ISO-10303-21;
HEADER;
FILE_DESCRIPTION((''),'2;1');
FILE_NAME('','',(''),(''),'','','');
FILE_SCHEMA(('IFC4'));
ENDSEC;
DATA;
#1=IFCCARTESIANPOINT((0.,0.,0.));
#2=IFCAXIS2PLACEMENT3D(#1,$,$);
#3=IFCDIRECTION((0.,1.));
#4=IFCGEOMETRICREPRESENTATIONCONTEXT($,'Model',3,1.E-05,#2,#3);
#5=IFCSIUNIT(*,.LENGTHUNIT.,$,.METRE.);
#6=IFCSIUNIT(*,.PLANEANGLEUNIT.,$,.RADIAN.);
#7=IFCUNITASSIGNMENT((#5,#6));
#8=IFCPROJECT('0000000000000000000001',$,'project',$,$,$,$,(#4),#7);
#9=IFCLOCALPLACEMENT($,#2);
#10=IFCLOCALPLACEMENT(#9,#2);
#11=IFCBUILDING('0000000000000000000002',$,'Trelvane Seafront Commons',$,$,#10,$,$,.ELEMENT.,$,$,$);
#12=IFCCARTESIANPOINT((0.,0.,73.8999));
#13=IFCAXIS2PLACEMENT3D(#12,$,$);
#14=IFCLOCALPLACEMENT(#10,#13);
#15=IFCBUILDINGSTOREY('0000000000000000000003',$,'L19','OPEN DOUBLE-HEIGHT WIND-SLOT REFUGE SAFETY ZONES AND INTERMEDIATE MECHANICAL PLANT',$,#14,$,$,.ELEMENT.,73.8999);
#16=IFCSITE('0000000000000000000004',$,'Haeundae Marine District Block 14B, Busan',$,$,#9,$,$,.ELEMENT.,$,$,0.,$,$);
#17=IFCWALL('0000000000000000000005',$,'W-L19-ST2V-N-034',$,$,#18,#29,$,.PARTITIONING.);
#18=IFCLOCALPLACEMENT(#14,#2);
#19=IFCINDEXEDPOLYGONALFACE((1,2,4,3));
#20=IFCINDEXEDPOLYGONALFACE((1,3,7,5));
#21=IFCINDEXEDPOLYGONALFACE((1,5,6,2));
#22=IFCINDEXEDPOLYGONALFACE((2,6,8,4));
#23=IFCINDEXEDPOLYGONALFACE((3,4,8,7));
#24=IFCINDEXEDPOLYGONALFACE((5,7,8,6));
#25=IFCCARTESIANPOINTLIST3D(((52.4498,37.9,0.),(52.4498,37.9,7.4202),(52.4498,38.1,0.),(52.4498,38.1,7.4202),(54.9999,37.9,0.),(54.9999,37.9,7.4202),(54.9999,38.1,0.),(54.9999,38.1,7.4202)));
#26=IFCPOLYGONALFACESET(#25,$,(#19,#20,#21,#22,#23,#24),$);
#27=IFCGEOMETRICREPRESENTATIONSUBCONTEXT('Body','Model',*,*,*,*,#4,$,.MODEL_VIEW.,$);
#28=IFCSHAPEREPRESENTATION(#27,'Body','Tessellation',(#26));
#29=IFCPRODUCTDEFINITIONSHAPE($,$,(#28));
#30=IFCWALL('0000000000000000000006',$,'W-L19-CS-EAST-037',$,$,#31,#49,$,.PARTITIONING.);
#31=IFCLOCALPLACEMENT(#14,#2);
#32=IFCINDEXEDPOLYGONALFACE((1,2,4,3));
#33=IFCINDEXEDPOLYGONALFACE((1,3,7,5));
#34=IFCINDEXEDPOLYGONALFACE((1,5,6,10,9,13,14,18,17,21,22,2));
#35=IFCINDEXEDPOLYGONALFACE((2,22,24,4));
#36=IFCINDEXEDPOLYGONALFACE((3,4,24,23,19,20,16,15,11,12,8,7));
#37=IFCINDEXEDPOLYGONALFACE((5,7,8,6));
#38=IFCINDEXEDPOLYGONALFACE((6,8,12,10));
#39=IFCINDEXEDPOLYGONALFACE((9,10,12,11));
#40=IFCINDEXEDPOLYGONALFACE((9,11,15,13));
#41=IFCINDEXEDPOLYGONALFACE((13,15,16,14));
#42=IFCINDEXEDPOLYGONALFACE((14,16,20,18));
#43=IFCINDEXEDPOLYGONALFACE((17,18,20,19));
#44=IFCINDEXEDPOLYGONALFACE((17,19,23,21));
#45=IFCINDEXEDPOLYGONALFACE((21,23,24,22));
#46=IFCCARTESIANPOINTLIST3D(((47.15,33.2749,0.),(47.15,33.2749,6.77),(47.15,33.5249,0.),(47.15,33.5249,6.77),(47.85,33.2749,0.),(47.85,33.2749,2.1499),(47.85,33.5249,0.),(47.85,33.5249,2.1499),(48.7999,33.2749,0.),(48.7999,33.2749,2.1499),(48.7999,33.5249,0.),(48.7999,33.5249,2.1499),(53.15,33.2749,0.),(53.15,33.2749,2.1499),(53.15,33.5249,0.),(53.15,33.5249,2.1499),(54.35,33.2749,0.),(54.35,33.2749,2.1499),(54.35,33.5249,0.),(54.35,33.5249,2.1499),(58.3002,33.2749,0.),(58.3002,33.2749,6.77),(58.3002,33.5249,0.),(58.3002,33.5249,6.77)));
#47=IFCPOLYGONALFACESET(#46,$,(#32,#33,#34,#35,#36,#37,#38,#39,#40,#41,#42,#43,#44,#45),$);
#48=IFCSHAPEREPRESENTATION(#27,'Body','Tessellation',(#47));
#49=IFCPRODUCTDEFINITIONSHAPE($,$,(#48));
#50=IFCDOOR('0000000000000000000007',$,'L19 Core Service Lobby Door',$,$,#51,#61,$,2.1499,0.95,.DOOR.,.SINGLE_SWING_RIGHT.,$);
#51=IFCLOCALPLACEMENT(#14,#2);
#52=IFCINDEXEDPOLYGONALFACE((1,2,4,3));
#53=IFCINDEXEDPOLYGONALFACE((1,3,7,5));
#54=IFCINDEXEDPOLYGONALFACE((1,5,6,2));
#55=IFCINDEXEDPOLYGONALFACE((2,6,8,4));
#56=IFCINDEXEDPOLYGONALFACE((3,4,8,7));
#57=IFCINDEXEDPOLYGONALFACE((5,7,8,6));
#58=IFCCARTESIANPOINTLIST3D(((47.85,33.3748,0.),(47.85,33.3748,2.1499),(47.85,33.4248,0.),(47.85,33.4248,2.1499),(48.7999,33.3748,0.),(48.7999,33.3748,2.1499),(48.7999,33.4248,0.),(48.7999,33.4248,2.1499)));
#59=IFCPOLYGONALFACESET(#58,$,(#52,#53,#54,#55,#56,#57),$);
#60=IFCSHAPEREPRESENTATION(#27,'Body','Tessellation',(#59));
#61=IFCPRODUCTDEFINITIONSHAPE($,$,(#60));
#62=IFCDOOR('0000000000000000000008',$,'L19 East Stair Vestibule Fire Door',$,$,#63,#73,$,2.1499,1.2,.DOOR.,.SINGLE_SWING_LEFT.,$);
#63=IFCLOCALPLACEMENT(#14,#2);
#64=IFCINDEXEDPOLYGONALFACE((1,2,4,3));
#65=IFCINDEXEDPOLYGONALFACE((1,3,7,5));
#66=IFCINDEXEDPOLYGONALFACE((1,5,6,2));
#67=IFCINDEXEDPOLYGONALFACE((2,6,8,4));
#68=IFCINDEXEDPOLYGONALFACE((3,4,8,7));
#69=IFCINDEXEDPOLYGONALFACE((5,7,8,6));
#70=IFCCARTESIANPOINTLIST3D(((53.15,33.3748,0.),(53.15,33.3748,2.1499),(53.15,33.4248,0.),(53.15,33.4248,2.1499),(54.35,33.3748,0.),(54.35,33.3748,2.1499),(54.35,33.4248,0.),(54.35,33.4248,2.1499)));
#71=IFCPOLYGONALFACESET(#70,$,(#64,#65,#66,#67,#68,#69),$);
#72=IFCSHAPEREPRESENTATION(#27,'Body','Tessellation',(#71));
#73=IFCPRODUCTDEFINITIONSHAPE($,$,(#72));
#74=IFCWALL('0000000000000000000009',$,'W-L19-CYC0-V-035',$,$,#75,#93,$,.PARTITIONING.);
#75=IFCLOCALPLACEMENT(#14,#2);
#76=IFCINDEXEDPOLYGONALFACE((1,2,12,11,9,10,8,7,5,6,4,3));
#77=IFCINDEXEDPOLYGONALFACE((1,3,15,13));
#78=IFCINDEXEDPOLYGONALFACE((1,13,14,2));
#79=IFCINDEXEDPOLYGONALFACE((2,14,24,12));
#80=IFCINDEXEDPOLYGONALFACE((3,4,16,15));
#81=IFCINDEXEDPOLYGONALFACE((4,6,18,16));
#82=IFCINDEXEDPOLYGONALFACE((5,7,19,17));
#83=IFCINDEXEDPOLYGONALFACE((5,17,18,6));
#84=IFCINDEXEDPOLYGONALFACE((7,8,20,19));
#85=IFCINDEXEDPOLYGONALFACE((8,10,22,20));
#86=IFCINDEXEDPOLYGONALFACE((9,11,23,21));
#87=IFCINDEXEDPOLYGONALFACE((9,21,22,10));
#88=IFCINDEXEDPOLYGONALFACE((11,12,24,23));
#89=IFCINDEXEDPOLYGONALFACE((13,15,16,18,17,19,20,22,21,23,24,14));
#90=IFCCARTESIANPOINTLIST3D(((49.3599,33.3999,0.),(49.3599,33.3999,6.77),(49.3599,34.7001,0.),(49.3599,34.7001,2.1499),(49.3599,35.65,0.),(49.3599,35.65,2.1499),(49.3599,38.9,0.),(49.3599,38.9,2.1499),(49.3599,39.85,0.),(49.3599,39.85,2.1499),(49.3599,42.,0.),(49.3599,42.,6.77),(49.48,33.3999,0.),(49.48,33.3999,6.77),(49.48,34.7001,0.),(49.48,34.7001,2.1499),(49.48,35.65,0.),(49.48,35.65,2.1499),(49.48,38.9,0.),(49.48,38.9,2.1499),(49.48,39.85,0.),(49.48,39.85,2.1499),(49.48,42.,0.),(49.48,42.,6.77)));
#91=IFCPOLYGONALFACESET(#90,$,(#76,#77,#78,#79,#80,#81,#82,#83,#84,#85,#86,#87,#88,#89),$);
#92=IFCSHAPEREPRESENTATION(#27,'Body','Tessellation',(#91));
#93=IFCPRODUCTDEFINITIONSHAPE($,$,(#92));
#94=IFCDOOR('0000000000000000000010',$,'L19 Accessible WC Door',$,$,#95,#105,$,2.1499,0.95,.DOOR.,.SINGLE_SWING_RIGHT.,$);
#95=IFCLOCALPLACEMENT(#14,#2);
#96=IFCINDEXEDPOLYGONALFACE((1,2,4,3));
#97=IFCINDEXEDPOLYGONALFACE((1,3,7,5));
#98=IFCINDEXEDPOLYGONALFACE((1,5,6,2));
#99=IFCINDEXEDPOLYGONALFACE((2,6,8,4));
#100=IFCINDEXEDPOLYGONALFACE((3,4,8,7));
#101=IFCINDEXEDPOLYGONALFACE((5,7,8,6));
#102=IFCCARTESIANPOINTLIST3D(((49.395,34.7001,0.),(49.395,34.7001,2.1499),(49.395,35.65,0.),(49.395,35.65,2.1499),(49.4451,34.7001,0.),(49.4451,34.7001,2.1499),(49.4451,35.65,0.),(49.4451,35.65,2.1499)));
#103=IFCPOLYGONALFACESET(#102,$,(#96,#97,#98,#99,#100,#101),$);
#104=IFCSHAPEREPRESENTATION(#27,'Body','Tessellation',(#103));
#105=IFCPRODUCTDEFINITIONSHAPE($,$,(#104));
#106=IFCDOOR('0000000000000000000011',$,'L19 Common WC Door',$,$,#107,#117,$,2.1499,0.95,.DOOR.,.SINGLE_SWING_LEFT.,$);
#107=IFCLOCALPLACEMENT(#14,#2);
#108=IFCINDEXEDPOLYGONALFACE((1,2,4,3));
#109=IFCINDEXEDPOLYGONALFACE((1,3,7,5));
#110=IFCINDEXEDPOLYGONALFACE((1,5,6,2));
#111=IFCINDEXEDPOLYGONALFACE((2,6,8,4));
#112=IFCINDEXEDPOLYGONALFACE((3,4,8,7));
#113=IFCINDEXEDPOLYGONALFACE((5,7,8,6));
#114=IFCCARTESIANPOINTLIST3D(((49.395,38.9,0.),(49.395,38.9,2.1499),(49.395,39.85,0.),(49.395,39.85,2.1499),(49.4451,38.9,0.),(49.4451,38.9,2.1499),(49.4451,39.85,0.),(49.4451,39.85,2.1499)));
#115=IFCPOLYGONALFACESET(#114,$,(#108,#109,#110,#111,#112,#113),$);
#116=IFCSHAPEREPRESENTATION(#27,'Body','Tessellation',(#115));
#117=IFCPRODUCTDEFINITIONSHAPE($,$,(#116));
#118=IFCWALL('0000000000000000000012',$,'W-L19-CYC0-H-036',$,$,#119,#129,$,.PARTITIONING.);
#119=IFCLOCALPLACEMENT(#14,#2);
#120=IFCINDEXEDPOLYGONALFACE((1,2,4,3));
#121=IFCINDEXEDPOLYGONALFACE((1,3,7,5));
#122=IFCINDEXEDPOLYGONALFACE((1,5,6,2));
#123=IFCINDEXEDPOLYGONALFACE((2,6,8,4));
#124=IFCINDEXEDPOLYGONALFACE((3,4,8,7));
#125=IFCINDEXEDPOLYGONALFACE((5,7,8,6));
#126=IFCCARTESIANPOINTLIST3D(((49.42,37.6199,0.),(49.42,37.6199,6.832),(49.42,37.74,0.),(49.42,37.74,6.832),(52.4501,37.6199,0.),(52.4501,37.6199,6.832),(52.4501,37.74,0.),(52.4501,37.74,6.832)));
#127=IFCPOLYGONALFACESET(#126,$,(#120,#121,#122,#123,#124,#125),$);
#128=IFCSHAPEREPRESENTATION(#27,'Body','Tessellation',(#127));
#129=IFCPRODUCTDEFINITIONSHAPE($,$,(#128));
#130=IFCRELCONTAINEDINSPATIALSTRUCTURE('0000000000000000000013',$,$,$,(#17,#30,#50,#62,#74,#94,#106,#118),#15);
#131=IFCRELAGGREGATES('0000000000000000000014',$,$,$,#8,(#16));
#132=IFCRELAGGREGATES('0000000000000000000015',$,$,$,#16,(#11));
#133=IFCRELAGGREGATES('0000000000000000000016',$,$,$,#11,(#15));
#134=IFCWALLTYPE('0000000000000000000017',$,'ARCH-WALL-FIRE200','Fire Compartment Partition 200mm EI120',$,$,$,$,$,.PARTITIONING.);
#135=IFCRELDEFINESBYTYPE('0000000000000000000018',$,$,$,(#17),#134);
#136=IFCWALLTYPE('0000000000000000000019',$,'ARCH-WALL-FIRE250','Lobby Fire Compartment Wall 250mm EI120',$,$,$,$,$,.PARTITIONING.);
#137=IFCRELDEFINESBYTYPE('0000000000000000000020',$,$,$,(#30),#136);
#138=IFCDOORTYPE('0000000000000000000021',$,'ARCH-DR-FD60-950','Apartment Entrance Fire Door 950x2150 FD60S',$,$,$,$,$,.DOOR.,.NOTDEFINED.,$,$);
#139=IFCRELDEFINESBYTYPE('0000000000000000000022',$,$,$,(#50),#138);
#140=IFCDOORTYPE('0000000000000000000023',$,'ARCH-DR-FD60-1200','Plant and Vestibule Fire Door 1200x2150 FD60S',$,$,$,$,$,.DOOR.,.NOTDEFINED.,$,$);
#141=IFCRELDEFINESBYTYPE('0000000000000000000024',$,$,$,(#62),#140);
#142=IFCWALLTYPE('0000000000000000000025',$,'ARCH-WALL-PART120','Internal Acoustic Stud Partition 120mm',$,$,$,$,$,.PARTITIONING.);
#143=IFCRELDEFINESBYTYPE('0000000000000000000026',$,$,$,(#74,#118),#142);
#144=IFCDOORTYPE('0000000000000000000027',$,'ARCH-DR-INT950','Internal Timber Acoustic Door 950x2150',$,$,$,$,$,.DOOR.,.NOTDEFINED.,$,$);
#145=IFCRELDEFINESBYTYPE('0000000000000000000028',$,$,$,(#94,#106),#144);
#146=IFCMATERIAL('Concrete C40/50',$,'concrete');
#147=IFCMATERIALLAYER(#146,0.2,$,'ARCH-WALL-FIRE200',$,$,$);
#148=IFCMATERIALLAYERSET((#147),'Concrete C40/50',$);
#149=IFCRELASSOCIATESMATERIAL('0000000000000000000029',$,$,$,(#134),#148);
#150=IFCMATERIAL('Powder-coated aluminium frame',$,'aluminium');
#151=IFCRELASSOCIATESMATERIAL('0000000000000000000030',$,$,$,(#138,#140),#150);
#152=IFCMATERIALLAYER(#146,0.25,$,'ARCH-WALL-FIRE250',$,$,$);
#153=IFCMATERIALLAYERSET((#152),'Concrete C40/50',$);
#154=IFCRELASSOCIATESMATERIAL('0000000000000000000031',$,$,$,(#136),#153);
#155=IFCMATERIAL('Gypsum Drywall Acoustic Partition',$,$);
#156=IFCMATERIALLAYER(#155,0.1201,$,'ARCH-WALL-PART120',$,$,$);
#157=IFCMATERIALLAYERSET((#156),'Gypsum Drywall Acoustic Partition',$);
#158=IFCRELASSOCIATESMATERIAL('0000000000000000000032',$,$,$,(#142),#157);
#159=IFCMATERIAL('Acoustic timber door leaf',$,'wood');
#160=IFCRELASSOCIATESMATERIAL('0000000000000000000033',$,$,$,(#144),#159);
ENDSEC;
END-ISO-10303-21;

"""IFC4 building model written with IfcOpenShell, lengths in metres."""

from ifc_helpers import new_model, si_unit, direction, frame, frame_2d, origin, place, context, subcontext, project, spatial, rectangle, extrude, source, transform, mapped, material, layer, layer_set, type_object, element, fill, save


model = new_model("IFC4")

# Units and contexts
model_context = context("Model", 3, precision=1e-05, world=origin(), true_north=direction((0.0, 1.0)))
body_context = subcontext(model_context, "Body", "Model", "MODEL_VIEW")
ifc_project = project(units=[si_unit("LENGTHUNIT", "METRE"), si_unit("PLANEANGLEUNIT", "RADIAN")], contexts=[model_context])

# Site, building, storey
site_placement = place(None, origin())
site = spatial("IfcSite", under=ifc_project, at=site_placement, Name="Haeundae Marine District Block 14B, Busan", CompositionType="ELEMENT", RefElevation=0.0)
building_placement = place(site_placement, origin())
building = spatial("IfcBuilding", under=site, at=building_placement, Name="Trelvane Seafront Commons", CompositionType="ELEMENT")
storey_placement = place(building_placement, frame((0.0, 0.0, 73.8999)))
storey = spatial("IfcBuildingStorey", under=building, at=storey_placement, Name="L19", Description="OPEN DOUBLE-HEIGHT WIND-SLOT REFUGE SAFETY ZONES AND INTERMEDIATE MECHANICAL PLANT", CompositionType="ELEMENT", Elevation=73.8999)

# Shared definitions
ifc_material_1 = material(Name="Concrete C40/50", Category="concrete")
ifc_layer_1 = layer(ifc_material_1, 0.2, Name="ARCH-WALL-FIRE200")
ifc_layer_set_1 = layer_set([ifc_layer_1], Name="Concrete C40/50")
wall_type_1 = type_object("IfcWallType", Name="ARCH-WALL-FIRE200", Description="Fire Compartment Partition 200mm EI120", PredefinedType="PARTITIONING", material=ifc_layer_set_1)
ifc_material_2 = material(Name="Powder-coated aluminium frame", Category="aluminium")
door_type_1 = type_object("IfcDoorType", Name="ARCH-DR-FD60-950", Description="Apartment Entrance Fire Door 950x2150 FD60S", OperationType="NOTDEFINED", PredefinedType="DOOR", material=ifc_material_2)
shared_shape_1 = source(origin(), body_context, "Body", "SweptSolid", [
    extrude(rectangle(XDim=0.95, YDim=2.1499, at=frame_2d((0.4751, 1.075))), frame((0.0, 0.0249, 0.0), z_axis=(0.0, -1.0, 0.0), x_axis=(1.0, 0.0, 0.0)), (0.0, 0.0, 1.0), 0.05),
])

# Wall
wall_1_placement = place(storey_placement, frame((52.45, 38.0, 0.0), z_axis=(0.0, 0.0, 1.0), x_axis=(1.0, 0.0, 0.0)))
element("IfcWall", 1, at=wall_1_placement, inside=storey, type_object=wall_type_1, Name="W-L19-ST2V-N-034", PredefinedType="PARTITIONING", context=body_context, shape_type="SweptSolid", body=[
    extrude(rectangle(XDim=2.55, YDim=0.2, at=frame_2d((1.2749, 0.0))), origin(), (0.0, 0.0, 1.0), 7.4202),
])

# Walls, openings, doors
ifc_layer_2 = layer(ifc_material_1, 0.25, Name="ARCH-WALL-FIRE250")
ifc_layer_set_2 = layer_set([ifc_layer_2], Name="Concrete C40/50")
wall_type_2 = type_object("IfcWallType", Name="ARCH-WALL-FIRE250", Description="Lobby Fire Compartment Wall 250mm EI120", PredefinedType="PARTITIONING", material=ifc_layer_set_2)
wall_2_placement = place(storey_placement, frame((47.1499, 33.3999, 0.0), z_axis=(0.0, 0.0, 1.0), x_axis=(1.0, 0.0, 0.0)))
wall_2 = element("IfcWall", 2, at=wall_2_placement, inside=storey, type_object=wall_type_2, Name="W-L19-CS-EAST-037", PredefinedType="PARTITIONING", context=body_context, shape_type="SweptSolid", body=[
    extrude(rectangle(XDim=11.1501, YDim=0.25, at=frame_2d((5.5752, 0.0))), origin(), (0.0, 0.0, 1.0), 6.77),
])
opening_1_placement = place(wall_2_placement, frame((0.7, 0.0, 0.0)))
opening_1 = element("IfcOpeningElement", 3, at=opening_1_placement, cuts=wall_2, PredefinedType="OPENING", context=body_context, shape_type="SweptSolid", body=[
    extrude(rectangle(XDim=0.95, YDim=2.1499, at=frame_2d((0.4751, 1.075))), frame((0.0, 0.135, 0.0), z_axis=(0.0, -1.0, 0.0), x_axis=(1.0, 0.0, 0.0)), (0.0, 0.0, 1.0), 0.27),
])
opening_2_placement = place(wall_2_placement, frame((6.0, 0.0, 0.0)))
opening_2 = element("IfcOpeningElement", 4, at=opening_2_placement, cuts=wall_2, PredefinedType="OPENING", context=body_context, shape_type="SweptSolid", body=[
    extrude(rectangle(XDim=1.2, YDim=2.1499, at=frame_2d((0.6001, 1.075))), frame((0.0, 0.135, 0.0), z_axis=(0.0, -1.0, 0.0), x_axis=(1.0, 0.0, 0.0)), (0.0, 0.0, 1.0), 0.27),
])
door_1_placement = place(opening_1_placement, origin())
door_1 = element("IfcDoor", 5, at=door_1_placement, inside=storey, type_object=door_type_1, Name="L19 Core Service Lobby Door", OperationType="SINGLE_SWING_RIGHT", OverallHeight=2.1499, OverallWidth=0.95, PredefinedType="DOOR", context=body_context, shape_type="MappedRepresentation", body=[
    mapped(shared_shape_1, transform((0.0, 0.0, 0.0), x_axis=(1.0, 0.0, 0.0), y_axis=(0.0, 1.0, 0.0), z_axis=(0.0, 0.0, 1.0), scale=1.0)),
])
fill(opening_1, door_1)
door_type_2 = type_object("IfcDoorType", Name="ARCH-DR-FD60-1200", Description="Plant and Vestibule Fire Door 1200x2150 FD60S", OperationType="NOTDEFINED", PredefinedType="DOOR", material=ifc_material_2)
shared_shape_2 = source(origin(), body_context, "Body", "SweptSolid", [
    extrude(rectangle(XDim=1.2, YDim=2.1499, at=frame_2d((0.6001, 1.075))), frame((0.0, 0.0249, 0.0), z_axis=(0.0, -1.0, 0.0), x_axis=(1.0, 0.0, 0.0)), (0.0, 0.0, 1.0), 0.05),
])
door_2_placement = place(opening_2_placement, origin())
door_2 = element("IfcDoor", 6, at=door_2_placement, inside=storey, type_object=door_type_2, Name="L19 East Stair Vestibule Fire Door", OperationType="SINGLE_SWING_LEFT", OverallHeight=2.1499, OverallWidth=1.2, PredefinedType="DOOR", context=body_context, shape_type="MappedRepresentation", body=[
    mapped(shared_shape_2, transform((0.0, 0.0, 0.0), x_axis=(1.0, 0.0, 0.0), y_axis=(0.0, 1.0, 0.0), z_axis=(0.0, 0.0, 1.0), scale=1.0)),
])
fill(opening_2, door_2)
ifc_material_3 = material(Name="Gypsum Drywall Acoustic Partition")
ifc_layer_3 = layer(ifc_material_3, 0.1201, Name="ARCH-WALL-PART120")
ifc_layer_set_3 = layer_set([ifc_layer_3], Name="Gypsum Drywall Acoustic Partition")
wall_type_3 = type_object("IfcWallType", Name="ARCH-WALL-PART120", Description="Internal Acoustic Stud Partition 120mm", PredefinedType="PARTITIONING", material=ifc_layer_set_3)
wall_3_placement = place(storey_placement, frame((49.4199, 33.3999, 0.0), z_axis=(0.0, 0.0, 1.0), x_axis=(0.0, 1.0, 0.0)))
wall_3 = element("IfcWall", 7, at=wall_3_placement, inside=storey, type_object=wall_type_3, Name="W-L19-CYC0-V-035", PredefinedType="PARTITIONING", context=body_context, shape_type="SweptSolid", body=[
    extrude(rectangle(XDim=8.6001, YDim=0.1201, at=frame_2d((4.3, 0.0))), origin(), (0.0, 0.0, 1.0), 6.77),
])
opening_3_placement = place(wall_3_placement, frame((1.3, 0.0, 0.0)))
opening_3 = element("IfcOpeningElement", 8, at=opening_3_placement, cuts=wall_3, PredefinedType="OPENING", context=body_context, shape_type="SweptSolid", body=[
    extrude(rectangle(XDim=0.95, YDim=2.1499, at=frame_2d((0.4751, 1.075))), frame((0.0, 0.0701, 0.0), z_axis=(0.0, -1.0, 0.0), x_axis=(1.0, 0.0, 0.0)), (0.0, 0.0, 1.0), 0.1401),
])
opening_4_placement = place(wall_3_placement, frame((5.5, 0.0, 0.0)))
opening_4 = element("IfcOpeningElement", 9, at=opening_4_placement, cuts=wall_3, PredefinedType="OPENING", context=body_context, shape_type="SweptSolid", body=[
    extrude(rectangle(XDim=0.95, YDim=2.1499, at=frame_2d((0.4751, 1.075))), frame((0.0, 0.0701, 0.0), z_axis=(0.0, -1.0, 0.0), x_axis=(1.0, 0.0, 0.0)), (0.0, 0.0, 1.0), 0.1401),
])
ifc_material_4 = material(Name="Acoustic timber door leaf", Category="wood")
door_type_3 = type_object("IfcDoorType", Name="ARCH-DR-INT950", Description="Internal Timber Acoustic Door 950x2150", OperationType="NOTDEFINED", PredefinedType="DOOR", material=ifc_material_4)
door_3_placement = place(opening_3_placement, origin())
door_3 = element("IfcDoor", 10, at=door_3_placement, inside=storey, type_object=door_type_3, Name="L19 Accessible WC Door", OperationType="SINGLE_SWING_RIGHT", OverallHeight=2.1499, OverallWidth=0.95, PredefinedType="DOOR", context=body_context, shape_type="MappedRepresentation", body=[
    mapped(shared_shape_1, transform((0.0, 0.0, 0.0), x_axis=(1.0, 0.0, 0.0), y_axis=(0.0, 1.0, 0.0), z_axis=(0.0, 0.0, 1.0), scale=1.0)),
])
fill(opening_3, door_3)
door_4_placement = place(opening_4_placement, origin())
door_4 = element("IfcDoor", 11, at=door_4_placement, inside=storey, type_object=door_type_3, Name="L19 Common WC Door", OperationType="SINGLE_SWING_LEFT", OverallHeight=2.1499, OverallWidth=0.95, PredefinedType="DOOR", context=body_context, shape_type="MappedRepresentation", body=[
    mapped(shared_shape_1, transform((0.0, 0.0, 0.0), x_axis=(1.0, 0.0, 0.0), y_axis=(0.0, 1.0, 0.0), z_axis=(0.0, 0.0, 1.0), scale=1.0)),
])
fill(opening_4, door_4)

# Wall
wall_4_placement = place(storey_placement, frame((49.4199, 37.6799, 0.0), z_axis=(0.0, 0.0, 1.0), x_axis=(1.0, 0.0, 0.0)))
element("IfcWall", 12, at=wall_4_placement, inside=storey, type_object=wall_type_3, Name="W-L19-CYC0-H-036", PredefinedType="PARTITIONING", context=body_context, shape_type="SweptSolid", body=[
    extrude(rectangle(XDim=3.03, YDim=0.1201, at=frame_2d((1.5151, 0.0))), origin(), (0.0, 0.0, 1.0), 6.832),
])

save(model, "model.ifc")
